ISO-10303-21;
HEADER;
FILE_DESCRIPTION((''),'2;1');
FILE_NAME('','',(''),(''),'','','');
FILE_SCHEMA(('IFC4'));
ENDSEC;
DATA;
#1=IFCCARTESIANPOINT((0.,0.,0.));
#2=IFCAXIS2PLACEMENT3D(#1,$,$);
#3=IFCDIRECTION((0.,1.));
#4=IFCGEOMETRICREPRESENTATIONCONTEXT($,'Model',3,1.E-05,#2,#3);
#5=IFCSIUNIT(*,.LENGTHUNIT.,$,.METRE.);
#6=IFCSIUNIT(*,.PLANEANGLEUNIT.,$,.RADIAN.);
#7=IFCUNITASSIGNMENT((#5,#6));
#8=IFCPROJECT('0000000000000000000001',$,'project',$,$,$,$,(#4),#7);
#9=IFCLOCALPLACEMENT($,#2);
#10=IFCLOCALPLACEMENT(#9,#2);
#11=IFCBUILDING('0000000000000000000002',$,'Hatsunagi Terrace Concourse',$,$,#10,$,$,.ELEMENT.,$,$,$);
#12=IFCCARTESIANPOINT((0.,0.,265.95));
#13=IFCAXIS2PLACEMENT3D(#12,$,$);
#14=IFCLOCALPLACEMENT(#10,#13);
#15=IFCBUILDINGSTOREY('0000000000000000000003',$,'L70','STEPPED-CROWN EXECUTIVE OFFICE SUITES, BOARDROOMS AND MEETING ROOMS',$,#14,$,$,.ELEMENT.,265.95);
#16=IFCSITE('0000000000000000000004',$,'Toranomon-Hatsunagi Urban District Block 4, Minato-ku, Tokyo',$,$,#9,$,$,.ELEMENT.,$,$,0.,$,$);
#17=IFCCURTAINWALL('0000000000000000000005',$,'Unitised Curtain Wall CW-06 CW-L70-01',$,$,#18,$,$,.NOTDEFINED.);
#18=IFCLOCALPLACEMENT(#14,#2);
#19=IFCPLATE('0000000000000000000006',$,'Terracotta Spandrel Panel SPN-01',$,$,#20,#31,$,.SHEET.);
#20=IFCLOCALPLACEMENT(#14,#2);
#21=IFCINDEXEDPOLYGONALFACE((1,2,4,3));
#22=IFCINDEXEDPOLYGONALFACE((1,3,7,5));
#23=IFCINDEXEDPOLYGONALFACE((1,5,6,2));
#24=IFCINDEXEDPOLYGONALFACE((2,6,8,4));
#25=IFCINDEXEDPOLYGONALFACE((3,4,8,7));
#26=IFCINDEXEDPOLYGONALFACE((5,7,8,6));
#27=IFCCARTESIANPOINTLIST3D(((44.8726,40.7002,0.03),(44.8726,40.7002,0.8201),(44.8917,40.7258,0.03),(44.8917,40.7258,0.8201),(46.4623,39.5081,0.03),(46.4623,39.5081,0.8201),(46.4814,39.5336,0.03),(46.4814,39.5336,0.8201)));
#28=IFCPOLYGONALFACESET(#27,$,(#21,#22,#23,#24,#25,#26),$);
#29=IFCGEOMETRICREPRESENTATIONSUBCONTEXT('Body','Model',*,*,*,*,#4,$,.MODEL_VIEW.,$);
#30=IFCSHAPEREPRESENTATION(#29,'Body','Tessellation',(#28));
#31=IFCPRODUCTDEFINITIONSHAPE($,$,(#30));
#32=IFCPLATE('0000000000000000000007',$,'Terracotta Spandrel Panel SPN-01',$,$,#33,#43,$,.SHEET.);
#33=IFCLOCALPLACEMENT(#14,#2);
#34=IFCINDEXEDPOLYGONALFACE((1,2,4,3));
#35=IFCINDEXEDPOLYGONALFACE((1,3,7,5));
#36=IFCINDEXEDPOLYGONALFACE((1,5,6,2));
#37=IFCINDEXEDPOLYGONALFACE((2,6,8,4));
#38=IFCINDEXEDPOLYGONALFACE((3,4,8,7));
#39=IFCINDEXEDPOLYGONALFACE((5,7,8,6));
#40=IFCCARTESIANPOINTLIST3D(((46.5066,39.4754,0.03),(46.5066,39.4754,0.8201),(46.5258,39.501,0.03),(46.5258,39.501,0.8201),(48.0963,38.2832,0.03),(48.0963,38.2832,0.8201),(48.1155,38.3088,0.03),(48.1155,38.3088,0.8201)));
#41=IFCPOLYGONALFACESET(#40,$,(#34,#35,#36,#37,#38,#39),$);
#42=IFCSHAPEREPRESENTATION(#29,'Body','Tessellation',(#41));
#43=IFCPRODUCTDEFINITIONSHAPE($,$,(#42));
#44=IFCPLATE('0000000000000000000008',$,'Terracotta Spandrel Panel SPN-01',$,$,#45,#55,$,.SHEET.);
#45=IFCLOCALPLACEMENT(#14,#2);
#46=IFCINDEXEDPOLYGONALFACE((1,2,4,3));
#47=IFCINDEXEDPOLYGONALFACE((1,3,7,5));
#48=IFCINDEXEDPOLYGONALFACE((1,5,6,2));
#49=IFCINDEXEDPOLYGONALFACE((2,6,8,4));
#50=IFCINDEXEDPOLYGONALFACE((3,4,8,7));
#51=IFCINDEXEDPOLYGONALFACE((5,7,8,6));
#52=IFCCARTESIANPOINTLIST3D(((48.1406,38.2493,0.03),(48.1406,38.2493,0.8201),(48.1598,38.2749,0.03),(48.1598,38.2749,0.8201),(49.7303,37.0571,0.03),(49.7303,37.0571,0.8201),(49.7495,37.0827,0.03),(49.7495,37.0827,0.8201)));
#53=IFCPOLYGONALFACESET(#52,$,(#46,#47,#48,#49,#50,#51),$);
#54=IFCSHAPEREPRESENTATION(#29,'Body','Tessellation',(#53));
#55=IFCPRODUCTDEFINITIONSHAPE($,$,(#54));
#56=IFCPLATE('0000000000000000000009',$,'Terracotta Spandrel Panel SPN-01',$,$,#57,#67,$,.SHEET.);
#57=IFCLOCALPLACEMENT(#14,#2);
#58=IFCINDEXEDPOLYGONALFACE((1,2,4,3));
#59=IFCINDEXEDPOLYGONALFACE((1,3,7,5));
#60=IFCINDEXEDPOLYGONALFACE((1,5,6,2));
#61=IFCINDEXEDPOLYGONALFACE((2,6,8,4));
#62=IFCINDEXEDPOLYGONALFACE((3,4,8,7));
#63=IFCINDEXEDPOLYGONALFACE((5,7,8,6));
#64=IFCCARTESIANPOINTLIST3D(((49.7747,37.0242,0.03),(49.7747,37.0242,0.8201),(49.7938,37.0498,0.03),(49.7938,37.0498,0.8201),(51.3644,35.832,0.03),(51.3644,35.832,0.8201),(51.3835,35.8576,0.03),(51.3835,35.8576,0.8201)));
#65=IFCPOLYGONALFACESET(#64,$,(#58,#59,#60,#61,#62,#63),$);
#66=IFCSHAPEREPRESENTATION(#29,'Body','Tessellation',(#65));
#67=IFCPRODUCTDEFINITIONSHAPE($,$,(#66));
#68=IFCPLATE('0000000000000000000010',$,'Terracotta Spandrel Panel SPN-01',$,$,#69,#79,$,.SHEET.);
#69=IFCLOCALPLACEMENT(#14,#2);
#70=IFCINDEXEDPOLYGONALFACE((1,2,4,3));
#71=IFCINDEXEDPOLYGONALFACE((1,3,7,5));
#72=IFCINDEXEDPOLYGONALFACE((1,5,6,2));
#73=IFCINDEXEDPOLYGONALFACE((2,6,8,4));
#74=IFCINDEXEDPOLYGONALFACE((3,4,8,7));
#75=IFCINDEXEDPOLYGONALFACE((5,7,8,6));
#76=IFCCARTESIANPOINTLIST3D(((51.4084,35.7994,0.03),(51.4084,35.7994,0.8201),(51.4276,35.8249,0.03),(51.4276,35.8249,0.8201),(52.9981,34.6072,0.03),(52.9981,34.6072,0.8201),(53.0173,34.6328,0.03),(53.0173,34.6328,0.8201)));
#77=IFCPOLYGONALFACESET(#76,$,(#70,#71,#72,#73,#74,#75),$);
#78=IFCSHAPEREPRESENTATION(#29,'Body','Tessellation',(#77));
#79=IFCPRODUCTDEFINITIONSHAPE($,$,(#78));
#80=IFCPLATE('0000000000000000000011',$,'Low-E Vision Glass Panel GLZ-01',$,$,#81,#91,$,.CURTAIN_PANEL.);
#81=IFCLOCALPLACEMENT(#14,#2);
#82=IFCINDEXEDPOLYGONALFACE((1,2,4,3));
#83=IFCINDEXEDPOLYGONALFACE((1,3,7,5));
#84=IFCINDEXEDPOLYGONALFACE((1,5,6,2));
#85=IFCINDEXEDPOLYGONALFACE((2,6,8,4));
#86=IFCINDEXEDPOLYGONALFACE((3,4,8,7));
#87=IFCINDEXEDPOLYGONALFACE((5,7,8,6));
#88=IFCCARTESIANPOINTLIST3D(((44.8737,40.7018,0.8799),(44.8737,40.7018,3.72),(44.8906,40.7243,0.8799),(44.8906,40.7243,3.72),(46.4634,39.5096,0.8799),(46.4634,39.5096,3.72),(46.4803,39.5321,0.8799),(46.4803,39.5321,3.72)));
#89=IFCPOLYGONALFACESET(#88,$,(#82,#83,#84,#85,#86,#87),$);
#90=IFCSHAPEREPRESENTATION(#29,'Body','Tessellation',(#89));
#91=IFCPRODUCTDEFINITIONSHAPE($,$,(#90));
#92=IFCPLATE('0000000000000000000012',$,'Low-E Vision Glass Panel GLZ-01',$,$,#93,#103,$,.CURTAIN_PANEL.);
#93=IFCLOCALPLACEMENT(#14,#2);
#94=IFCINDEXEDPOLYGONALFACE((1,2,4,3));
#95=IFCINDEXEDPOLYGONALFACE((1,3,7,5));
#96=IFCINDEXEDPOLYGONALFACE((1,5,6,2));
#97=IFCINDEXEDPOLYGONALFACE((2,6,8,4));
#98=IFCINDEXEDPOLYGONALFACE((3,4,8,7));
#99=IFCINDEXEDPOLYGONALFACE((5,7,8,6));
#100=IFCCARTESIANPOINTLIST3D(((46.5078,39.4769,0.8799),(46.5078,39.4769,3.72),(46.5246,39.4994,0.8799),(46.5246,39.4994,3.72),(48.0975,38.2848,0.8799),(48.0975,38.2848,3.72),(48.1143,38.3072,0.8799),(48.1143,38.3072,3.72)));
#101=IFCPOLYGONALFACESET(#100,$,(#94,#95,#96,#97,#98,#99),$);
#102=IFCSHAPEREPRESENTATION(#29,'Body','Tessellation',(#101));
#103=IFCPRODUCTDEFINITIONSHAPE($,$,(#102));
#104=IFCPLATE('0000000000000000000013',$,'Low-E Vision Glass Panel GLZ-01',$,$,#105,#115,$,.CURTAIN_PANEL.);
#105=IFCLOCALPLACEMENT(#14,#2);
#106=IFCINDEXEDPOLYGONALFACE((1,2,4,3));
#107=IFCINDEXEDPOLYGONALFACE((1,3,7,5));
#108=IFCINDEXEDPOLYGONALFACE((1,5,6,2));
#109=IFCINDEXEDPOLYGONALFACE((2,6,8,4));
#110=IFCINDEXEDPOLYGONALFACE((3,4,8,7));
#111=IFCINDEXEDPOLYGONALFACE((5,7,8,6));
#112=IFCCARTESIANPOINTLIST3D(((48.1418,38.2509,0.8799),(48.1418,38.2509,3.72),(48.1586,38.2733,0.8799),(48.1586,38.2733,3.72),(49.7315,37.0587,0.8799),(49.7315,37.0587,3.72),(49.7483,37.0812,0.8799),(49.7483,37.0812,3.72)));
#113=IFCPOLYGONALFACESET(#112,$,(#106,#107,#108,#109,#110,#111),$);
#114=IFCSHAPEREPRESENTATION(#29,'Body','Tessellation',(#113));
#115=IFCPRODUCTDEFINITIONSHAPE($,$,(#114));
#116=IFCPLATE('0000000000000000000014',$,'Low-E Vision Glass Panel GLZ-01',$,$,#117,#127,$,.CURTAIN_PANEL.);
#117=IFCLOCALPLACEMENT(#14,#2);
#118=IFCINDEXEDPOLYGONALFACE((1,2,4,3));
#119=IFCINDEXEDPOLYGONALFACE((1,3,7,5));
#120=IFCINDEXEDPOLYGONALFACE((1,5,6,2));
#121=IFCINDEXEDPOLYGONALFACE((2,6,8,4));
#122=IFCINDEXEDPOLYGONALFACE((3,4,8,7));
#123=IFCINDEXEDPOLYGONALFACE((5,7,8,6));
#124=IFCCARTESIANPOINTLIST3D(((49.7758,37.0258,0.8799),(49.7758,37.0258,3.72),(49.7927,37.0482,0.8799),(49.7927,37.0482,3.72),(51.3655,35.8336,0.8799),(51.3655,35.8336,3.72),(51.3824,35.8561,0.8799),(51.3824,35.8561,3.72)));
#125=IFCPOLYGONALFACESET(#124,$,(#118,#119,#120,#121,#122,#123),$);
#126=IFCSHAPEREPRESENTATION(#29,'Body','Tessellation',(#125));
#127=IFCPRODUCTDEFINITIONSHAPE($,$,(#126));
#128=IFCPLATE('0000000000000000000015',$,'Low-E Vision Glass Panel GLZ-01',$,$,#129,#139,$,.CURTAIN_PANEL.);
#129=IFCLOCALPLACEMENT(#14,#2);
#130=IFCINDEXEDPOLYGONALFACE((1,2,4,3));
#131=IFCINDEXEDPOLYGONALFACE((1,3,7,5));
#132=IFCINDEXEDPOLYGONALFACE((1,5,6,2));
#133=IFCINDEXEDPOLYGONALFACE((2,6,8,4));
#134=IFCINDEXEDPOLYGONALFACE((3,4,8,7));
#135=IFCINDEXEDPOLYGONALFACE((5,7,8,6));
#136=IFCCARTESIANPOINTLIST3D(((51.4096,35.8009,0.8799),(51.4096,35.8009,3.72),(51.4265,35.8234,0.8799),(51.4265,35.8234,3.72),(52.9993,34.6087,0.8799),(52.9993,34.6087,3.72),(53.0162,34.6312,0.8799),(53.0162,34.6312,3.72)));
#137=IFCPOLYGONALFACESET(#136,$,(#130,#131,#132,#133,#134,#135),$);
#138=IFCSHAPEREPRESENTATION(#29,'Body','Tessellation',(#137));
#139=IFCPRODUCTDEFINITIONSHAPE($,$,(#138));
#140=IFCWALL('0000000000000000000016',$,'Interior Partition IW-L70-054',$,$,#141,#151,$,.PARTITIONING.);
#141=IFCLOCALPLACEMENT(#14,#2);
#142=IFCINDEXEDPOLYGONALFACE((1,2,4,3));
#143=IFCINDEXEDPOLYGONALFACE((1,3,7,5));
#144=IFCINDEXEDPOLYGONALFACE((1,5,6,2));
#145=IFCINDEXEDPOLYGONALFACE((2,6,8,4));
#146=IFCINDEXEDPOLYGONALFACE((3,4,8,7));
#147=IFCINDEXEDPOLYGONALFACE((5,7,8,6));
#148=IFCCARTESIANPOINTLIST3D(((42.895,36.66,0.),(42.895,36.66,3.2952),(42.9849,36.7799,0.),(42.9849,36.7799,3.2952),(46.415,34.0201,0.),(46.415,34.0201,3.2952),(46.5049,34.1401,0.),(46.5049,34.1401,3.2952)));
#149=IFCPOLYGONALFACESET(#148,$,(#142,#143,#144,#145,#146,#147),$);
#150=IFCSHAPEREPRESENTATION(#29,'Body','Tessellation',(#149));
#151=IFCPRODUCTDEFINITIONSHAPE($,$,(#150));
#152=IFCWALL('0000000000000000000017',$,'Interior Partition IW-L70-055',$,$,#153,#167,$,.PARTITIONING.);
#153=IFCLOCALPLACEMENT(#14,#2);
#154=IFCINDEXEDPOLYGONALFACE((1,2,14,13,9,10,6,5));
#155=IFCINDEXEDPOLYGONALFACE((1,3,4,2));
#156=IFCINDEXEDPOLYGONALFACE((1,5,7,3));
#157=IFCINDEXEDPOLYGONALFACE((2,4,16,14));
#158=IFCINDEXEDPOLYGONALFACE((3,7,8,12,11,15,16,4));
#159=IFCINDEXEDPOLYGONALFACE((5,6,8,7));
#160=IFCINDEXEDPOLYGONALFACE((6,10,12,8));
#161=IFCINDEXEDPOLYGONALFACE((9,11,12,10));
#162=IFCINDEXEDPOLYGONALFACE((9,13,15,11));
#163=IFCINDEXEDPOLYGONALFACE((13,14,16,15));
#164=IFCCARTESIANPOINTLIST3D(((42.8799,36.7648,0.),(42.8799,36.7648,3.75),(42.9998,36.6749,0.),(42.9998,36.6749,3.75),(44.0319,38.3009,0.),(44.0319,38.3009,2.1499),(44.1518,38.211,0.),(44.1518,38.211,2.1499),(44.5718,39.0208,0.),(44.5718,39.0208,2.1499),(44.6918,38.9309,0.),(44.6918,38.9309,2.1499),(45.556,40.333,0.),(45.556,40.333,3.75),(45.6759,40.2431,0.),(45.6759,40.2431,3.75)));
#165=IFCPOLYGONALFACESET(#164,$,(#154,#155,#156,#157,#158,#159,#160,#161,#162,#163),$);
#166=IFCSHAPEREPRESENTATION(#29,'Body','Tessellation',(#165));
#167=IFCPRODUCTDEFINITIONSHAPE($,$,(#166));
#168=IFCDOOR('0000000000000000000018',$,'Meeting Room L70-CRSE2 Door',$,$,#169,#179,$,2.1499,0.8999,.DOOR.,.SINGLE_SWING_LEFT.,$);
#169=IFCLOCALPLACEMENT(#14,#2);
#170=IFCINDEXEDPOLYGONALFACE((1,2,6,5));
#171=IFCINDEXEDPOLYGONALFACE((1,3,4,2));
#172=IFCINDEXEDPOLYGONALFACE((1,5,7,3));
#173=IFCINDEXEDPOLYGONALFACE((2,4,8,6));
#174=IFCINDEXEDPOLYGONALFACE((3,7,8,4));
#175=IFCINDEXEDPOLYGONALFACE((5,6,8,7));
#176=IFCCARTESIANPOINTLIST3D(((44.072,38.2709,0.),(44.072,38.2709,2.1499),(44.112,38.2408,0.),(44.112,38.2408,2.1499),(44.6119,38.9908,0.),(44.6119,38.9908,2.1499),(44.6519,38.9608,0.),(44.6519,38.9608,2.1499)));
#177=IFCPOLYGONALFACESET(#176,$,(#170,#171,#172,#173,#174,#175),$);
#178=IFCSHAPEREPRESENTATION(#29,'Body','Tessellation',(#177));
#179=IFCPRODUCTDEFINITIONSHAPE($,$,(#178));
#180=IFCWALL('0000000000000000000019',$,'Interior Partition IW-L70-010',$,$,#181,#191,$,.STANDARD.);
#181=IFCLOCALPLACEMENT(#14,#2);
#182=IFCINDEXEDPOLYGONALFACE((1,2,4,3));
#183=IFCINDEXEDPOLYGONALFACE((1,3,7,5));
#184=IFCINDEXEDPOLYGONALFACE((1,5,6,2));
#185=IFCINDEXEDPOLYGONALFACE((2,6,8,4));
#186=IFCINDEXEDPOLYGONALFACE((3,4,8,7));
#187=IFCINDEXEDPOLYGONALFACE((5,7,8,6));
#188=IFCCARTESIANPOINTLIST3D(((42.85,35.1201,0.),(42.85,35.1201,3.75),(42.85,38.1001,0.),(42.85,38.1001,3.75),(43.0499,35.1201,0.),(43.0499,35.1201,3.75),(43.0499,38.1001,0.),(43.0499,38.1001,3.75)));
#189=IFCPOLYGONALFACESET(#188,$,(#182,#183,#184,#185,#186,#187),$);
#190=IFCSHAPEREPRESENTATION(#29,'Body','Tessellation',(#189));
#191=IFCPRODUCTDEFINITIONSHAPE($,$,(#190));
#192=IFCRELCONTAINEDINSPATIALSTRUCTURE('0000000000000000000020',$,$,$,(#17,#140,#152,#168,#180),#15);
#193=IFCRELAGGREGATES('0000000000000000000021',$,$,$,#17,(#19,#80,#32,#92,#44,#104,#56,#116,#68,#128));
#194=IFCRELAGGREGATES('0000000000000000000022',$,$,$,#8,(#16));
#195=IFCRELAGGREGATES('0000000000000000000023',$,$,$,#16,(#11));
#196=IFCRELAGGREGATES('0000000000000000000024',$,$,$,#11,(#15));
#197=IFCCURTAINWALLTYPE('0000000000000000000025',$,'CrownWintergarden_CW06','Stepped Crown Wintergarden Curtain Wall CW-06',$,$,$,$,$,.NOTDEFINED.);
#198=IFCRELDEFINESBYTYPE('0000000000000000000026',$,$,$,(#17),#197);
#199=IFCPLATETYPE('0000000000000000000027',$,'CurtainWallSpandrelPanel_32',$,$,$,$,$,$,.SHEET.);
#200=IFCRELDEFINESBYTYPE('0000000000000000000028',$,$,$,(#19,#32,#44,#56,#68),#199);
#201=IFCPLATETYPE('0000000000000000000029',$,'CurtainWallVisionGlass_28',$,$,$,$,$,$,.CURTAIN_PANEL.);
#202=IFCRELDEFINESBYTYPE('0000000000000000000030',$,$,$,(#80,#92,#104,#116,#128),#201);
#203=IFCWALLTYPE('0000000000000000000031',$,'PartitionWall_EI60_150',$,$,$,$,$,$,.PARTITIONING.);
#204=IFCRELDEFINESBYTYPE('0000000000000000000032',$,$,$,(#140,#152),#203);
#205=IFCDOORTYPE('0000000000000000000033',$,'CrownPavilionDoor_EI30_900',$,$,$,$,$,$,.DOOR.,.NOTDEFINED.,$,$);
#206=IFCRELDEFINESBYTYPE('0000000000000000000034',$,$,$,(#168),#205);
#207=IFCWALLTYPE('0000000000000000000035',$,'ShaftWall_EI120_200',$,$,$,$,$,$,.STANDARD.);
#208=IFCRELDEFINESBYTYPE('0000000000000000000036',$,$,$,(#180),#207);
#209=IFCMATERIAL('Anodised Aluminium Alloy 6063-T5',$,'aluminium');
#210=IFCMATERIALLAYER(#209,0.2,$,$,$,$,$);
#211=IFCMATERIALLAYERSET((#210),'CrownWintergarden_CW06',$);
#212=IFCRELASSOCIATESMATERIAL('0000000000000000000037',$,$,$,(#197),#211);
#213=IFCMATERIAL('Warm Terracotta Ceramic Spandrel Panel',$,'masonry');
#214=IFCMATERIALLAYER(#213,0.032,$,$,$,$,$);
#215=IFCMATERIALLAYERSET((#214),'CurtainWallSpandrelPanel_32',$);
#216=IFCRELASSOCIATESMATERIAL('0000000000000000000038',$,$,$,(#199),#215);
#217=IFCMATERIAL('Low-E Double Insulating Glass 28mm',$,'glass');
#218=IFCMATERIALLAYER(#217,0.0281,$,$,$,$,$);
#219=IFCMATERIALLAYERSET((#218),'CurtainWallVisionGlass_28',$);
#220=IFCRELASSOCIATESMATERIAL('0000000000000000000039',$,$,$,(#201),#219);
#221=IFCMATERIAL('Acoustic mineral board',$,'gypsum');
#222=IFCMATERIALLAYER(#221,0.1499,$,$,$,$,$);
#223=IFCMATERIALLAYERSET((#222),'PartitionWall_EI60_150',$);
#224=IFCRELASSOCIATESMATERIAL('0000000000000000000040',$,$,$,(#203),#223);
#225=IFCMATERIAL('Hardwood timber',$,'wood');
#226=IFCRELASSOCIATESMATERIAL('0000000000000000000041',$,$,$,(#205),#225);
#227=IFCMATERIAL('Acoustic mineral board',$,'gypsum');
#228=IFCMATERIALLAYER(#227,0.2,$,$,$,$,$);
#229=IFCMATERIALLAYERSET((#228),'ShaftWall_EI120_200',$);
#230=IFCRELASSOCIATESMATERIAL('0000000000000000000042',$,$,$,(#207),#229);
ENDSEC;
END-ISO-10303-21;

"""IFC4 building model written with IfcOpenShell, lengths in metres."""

from ifc_helpers import new_model, si_unit, direction, frame, frame_2d, origin, origin_2d, place, context, subcontext, project, spatial, rectangle, extrude, material, layer, layer_set, type_object, element, fill, aggregate, save


model = new_model("IFC4")

# Units and contexts
model_context = context("Model", 3, precision=1e-05, world=origin(), true_north=direction((0.0, 1.0)))
body_context = subcontext(model_context, "Body", "Model", "MODEL_VIEW")
ifc_project = project(units=[si_unit("LENGTHUNIT", "METRE"), si_unit("PLANEANGLEUNIT", "RADIAN")], contexts=[model_context])

# Site, building, storey
site_placement = place(None, origin())
site = spatial("IfcSite", under=ifc_project, at=site_placement, Name="Toranomon-Hatsunagi Urban District Block 4, Minato-ku, Tokyo", CompositionType="ELEMENT", RefElevation=0.0)
building_placement = place(site_placement, origin())
building = spatial("IfcBuilding", under=site, at=building_placement, Name="Hatsunagi Terrace Concourse", CompositionType="ELEMENT")
storey_placement = place(building_placement, frame((0.0, 0.0, 265.95)))
storey = spatial("IfcBuildingStorey", under=building, at=storey_placement, Name="L70", Description="STEPPED-CROWN EXECUTIVE OFFICE SUITES, BOARDROOMS AND MEETING ROOMS", CompositionType="ELEMENT", Elevation=265.95)

# Curtain wall
ifc_material_1 = material(Name="Anodised Aluminium Alloy 6063-T5", Category="aluminium")
ifc_layer_1 = layer(ifc_material_1, 0.2)
ifc_layer_set_1 = layer_set([ifc_layer_1], Name="CrownWintergarden_CW06")
curtain_wall_type = type_object("IfcCurtainWallType", Name="CrownWintergarden_CW06", Description="Stepped Crown Wintergarden Curtain Wall CW-06", PredefinedType="NOTDEFINED", material=ifc_layer_set_1)
curtain_wall_placement = place(storey_placement, origin())
curtain_wall = element("IfcCurtainWall", 1, at=curtain_wall_placement, inside=storey, type_object=curtain_wall_type, Name="Unitised Curtain Wall CW-06 CW-L70-01", PredefinedType="NOTDEFINED")

# Plates
ifc_material_2 = material(Name="Warm Terracotta Ceramic Spandrel Panel", Category="masonry")
ifc_layer_2 = layer(ifc_material_2, 0.032)
ifc_layer_set_2 = layer_set([ifc_layer_2], Name="CurtainWallSpandrelPanel_32")
plate_type_1 = type_object("IfcPlateType", Name="CurtainWallSpandrelPanel_32", PredefinedType="SHEET", material=ifc_layer_set_2)
plate_1_placement = place(storey_placement, frame((45.677, 40.1169, 0.03), z_axis=(0.0, 0.0, 1.0), x_axis=(0.800023, -0.599969, 0.0)))
plate_1 = element("IfcPlate", 2, at=plate_1_placement, type_object=plate_type_1, Name="Terracotta Spandrel Panel SPN-01", PredefinedType="SHEET", context=body_context, shape_type="SweptSolid", body=[
    extrude(rectangle(XDim=1.9871, YDim=0.032, at=origin_2d()), origin(), (0.0, 0.0, 1.0), 0.79),
])
plate_2_placement = place(storey_placement, frame((47.311, 38.8921, 0.03), z_axis=(0.0, 0.0, 1.0), x_axis=(0.800023, -0.599969, 0.0)))
plate_2 = element("IfcPlate", 3, at=plate_2_placement, type_object=plate_type_1, Name="Terracotta Spandrel Panel SPN-01", PredefinedType="SHEET", context=body_context, shape_type="SweptSolid", body=[
    extrude(rectangle(XDim=1.9871, YDim=0.032, at=origin_2d()), origin(), (0.0, 0.0, 1.0), 0.79),
])
plate_3_placement = place(storey_placement, frame((48.9451, 37.666, 0.03), z_axis=(0.0, 0.0, 1.0), x_axis=(0.800023, -0.599969, 0.0)))
plate_3 = element("IfcPlate", 4, at=plate_3_placement, type_object=plate_type_1, Name="Terracotta Spandrel Panel SPN-01", PredefinedType="SHEET", context=body_context, shape_type="SweptSolid", body=[
    extrude(rectangle(XDim=1.9871, YDim=0.032, at=origin_2d()), origin(), (0.0, 0.0, 1.0), 0.79),
])
plate_4_placement = place(storey_placement, frame((50.5791, 36.4409, 0.03), z_axis=(0.0, 0.0, 1.0), x_axis=(0.800023, -0.599969, 0.0)))
plate_4 = element("IfcPlate", 5, at=plate_4_placement, type_object=plate_type_1, Name="Terracotta Spandrel Panel SPN-01", PredefinedType="SHEET", context=body_context, shape_type="SweptSolid", body=[
    extrude(rectangle(XDim=1.9871, YDim=0.032, at=origin_2d()), origin(), (0.0, 0.0, 1.0), 0.79),
])
plate_5_placement = place(storey_placement, frame((52.2129, 35.2161, 0.03), z_axis=(0.0, 0.0, 1.0), x_axis=(0.800023, -0.599969, 0.0)))
plate_5 = element("IfcPlate", 6, at=plate_5_placement, type_object=plate_type_1, Name="Terracotta Spandrel Panel SPN-01", PredefinedType="SHEET", context=body_context, shape_type="SweptSolid", body=[
    extrude(rectangle(XDim=1.9871, YDim=0.032, at=origin_2d()), origin(), (0.0, 0.0, 1.0), 0.79),
])
ifc_material_3 = material(Name="Low-E Double Insulating Glass 28mm", Category="glass")
ifc_layer_3 = layer(ifc_material_3, 0.0281)
ifc_layer_set_3 = layer_set([ifc_layer_3], Name="CurtainWallVisionGlass_28")
plate_type_2 = type_object("IfcPlateType", Name="CurtainWallVisionGlass_28", PredefinedType="CURTAIN_PANEL", material=ifc_layer_set_3)
plate_6_placement = place(storey_placement, frame((45.677, 40.1169, 0.8799), z_axis=(0.0, 0.0, 1.0), x_axis=(0.800023, -0.599969, 0.0)))
plate_6 = element("IfcPlate", 7, at=plate_6_placement, type_object=plate_type_2, Name="Low-E Vision Glass Panel GLZ-01", PredefinedType="CURTAIN_PANEL", context=body_context, shape_type="SweptSolid", body=[
    extrude(rectangle(XDim=1.9871, YDim=0.0281, at=origin_2d()), origin(), (0.0, 0.0, 1.0), 2.8401),
])
plate_7_placement = place(storey_placement, frame((47.311, 38.8921, 0.8799), z_axis=(0.0, 0.0, 1.0), x_axis=(0.800023, -0.599969, 0.0)))
plate_7 = element("IfcPlate", 8, at=plate_7_placement, type_object=plate_type_2, Name="Low-E Vision Glass Panel GLZ-01", PredefinedType="CURTAIN_PANEL", context=body_context, shape_type="SweptSolid", body=[
    extrude(rectangle(XDim=1.9871, YDim=0.0281, at=origin_2d()), origin(), (0.0, 0.0, 1.0), 2.8401),
])
plate_8_placement = place(storey_placement, frame((48.9451, 37.666, 0.8799), z_axis=(0.0, 0.0, 1.0), x_axis=(0.800023, -0.599969, 0.0)))
plate_8 = element("IfcPlate", 9, at=plate_8_placement, type_object=plate_type_2, Name="Low-E Vision Glass Panel GLZ-01", PredefinedType="CURTAIN_PANEL", context=body_context, shape_type="SweptSolid", body=[
    extrude(rectangle(XDim=1.9871, YDim=0.0281, at=origin_2d()), origin(), (0.0, 0.0, 1.0), 2.8401),
])
plate_9_placement = place(storey_placement, frame((50.5791, 36.4409, 0.8799), z_axis=(0.0, 0.0, 1.0), x_axis=(0.800023, -0.599969, 0.0)))
plate_9 = element("IfcPlate", 10, at=plate_9_placement, type_object=plate_type_2, Name="Low-E Vision Glass Panel GLZ-01", PredefinedType="CURTAIN_PANEL", context=body_context, shape_type="SweptSolid", body=[
    extrude(rectangle(XDim=1.9871, YDim=0.0281, at=origin_2d()), origin(), (0.0, 0.0, 1.0), 2.8401),
])
plate_10_placement = place(storey_placement, frame((52.2129, 35.2161, 0.8799), z_axis=(0.0, 0.0, 1.0), x_axis=(0.800023, -0.599969, 0.0)))
plate_10 = element("IfcPlate", 11, at=plate_10_placement, type_object=plate_type_2, Name="Low-E Vision Glass Panel GLZ-01", PredefinedType="CURTAIN_PANEL", context=body_context, shape_type="SweptSolid", body=[
    extrude(rectangle(XDim=1.9871, YDim=0.0281, at=origin_2d()), origin(), (0.0, 0.0, 1.0), 2.8401),
])
aggregate(curtain_wall, [plate_1, plate_6, plate_2, plate_7, plate_3, plate_8, plate_4, plate_9, plate_5, plate_10])

# Wall
ifc_material_4 = material(Name="Acoustic mineral board", Category="gypsum")
ifc_layer_4 = layer(ifc_material_4, 0.1499)
ifc_layer_set_4 = layer_set([ifc_layer_4], Name="PartitionWall_EI60_150")
wall_type_1 = type_object("IfcWallType", Name="PartitionWall_EI60_150", PredefinedType="PARTITIONING", material=ifc_layer_set_4)
wall_1_placement = place(storey_placement, frame((42.9399, 36.72, 0.0), z_axis=(0.0, 0.0, 1.0), x_axis=(0.800013, -0.599982, 0.0)))
element("IfcWall", 12, at=wall_1_placement, inside=storey, type_object=wall_type_1, Name="Interior Partition IW-L70-054", PredefinedType="PARTITIONING", context=body_context, shape_type="SweptSolid", body=[
    extrude(rectangle(XDim=4.3999, YDim=0.1499, at=frame_2d((2.2, 0.0))), origin(), (0.0, 0.0, 1.0), 3.2952),
])

# Wall, opening, door
wall_2_placement = place(storey_placement, frame((42.9399, 36.72, 0.0), z_axis=(0.0, 0.0, 1.0), x_axis=(0.599991, 0.800007, 0.0)))
wall_2 = element("IfcWall", 13, at=wall_2_placement, inside=storey, type_object=wall_type_1, Name="Interior Partition IW-L70-055", PredefinedType="PARTITIONING", context=body_context, shape_type="SweptSolid", body=[
    extrude(rectangle(XDim=4.4602, YDim=0.1499, at=frame_2d((2.23, 0.0))), origin(), (0.0, 0.0, 1.0), 3.75),
])
opening_placement = place(wall_2_placement, frame((1.9199, 0.0, 0.0)))
opening = element("IfcOpeningElement", 14, at=opening_placement, cuts=wall_2, PredefinedType="OPENING", context=body_context, shape_type="SweptSolid", body=[
    extrude(rectangle(XDim=0.8999, YDim=2.1499, at=frame_2d((0.45, 1.075))), frame((0.0, 0.085, 0.0), z_axis=(0.0, -1.0, 0.0), x_axis=(1.0, 0.0, 0.0)), (0.0, 0.0, 1.0), 0.1699),
])
ifc_material_5 = material(Name="Hardwood timber", Category="wood")
door_type = type_object("IfcDoorType", Name="CrownPavilionDoor_EI30_900", OperationType="NOTDEFINED", PredefinedType="DOOR", material=ifc_material_5)
door_placement = place(opening_placement, origin())
door = element("IfcDoor", 15, at=door_placement, inside=storey, type_object=door_type, Name="Meeting Room L70-CRSE2 Door", OperationType="SINGLE_SWING_LEFT", OverallHeight=2.1499, OverallWidth=0.8999, PredefinedType="DOOR", context=body_context, shape_type="SweptSolid", body=[
    extrude(rectangle(XDim=0.8999, YDim=2.1499, at=frame_2d((0.45, 1.075))), frame((0.0, 0.0249, 0.0), z_axis=(0.0, -1.0, 0.0), x_axis=(1.0, 0.0, 0.0)), (0.0, 0.0, 1.0), 0.05),
])
fill(opening, door)

# Wall
ifc_material_6 = material(Name="Acoustic mineral board", Category="gypsum")
ifc_layer_5 = layer(ifc_material_6, 0.2)
ifc_layer_set_5 = layer_set([ifc_layer_5], Name="ShaftWall_EI120_200")
wall_type_2 = type_object("IfcWallType", Name="ShaftWall_EI120_200", PredefinedType="STANDARD", material=ifc_layer_set_5)
wall_3_placement = place(storey_placement, frame((42.95, 35.1201, 0.0), z_axis=(0.0, 0.0, 1.0), x_axis=(0.0, 1.0, 0.0)))
element("IfcWall", 16, at=wall_3_placement, inside=storey, type_object=wall_type_2, Name="Interior Partition IW-L70-010", PredefinedType="STANDARD", context=body_context, shape_type="SweptSolid", body=[
    extrude(rectangle(XDim=2.98, YDim=0.2, at=frame_2d((1.49, 0.0))), origin(), (0.0, 0.0, 1.0), 3.75),
])

save(model, "model.ifc")
